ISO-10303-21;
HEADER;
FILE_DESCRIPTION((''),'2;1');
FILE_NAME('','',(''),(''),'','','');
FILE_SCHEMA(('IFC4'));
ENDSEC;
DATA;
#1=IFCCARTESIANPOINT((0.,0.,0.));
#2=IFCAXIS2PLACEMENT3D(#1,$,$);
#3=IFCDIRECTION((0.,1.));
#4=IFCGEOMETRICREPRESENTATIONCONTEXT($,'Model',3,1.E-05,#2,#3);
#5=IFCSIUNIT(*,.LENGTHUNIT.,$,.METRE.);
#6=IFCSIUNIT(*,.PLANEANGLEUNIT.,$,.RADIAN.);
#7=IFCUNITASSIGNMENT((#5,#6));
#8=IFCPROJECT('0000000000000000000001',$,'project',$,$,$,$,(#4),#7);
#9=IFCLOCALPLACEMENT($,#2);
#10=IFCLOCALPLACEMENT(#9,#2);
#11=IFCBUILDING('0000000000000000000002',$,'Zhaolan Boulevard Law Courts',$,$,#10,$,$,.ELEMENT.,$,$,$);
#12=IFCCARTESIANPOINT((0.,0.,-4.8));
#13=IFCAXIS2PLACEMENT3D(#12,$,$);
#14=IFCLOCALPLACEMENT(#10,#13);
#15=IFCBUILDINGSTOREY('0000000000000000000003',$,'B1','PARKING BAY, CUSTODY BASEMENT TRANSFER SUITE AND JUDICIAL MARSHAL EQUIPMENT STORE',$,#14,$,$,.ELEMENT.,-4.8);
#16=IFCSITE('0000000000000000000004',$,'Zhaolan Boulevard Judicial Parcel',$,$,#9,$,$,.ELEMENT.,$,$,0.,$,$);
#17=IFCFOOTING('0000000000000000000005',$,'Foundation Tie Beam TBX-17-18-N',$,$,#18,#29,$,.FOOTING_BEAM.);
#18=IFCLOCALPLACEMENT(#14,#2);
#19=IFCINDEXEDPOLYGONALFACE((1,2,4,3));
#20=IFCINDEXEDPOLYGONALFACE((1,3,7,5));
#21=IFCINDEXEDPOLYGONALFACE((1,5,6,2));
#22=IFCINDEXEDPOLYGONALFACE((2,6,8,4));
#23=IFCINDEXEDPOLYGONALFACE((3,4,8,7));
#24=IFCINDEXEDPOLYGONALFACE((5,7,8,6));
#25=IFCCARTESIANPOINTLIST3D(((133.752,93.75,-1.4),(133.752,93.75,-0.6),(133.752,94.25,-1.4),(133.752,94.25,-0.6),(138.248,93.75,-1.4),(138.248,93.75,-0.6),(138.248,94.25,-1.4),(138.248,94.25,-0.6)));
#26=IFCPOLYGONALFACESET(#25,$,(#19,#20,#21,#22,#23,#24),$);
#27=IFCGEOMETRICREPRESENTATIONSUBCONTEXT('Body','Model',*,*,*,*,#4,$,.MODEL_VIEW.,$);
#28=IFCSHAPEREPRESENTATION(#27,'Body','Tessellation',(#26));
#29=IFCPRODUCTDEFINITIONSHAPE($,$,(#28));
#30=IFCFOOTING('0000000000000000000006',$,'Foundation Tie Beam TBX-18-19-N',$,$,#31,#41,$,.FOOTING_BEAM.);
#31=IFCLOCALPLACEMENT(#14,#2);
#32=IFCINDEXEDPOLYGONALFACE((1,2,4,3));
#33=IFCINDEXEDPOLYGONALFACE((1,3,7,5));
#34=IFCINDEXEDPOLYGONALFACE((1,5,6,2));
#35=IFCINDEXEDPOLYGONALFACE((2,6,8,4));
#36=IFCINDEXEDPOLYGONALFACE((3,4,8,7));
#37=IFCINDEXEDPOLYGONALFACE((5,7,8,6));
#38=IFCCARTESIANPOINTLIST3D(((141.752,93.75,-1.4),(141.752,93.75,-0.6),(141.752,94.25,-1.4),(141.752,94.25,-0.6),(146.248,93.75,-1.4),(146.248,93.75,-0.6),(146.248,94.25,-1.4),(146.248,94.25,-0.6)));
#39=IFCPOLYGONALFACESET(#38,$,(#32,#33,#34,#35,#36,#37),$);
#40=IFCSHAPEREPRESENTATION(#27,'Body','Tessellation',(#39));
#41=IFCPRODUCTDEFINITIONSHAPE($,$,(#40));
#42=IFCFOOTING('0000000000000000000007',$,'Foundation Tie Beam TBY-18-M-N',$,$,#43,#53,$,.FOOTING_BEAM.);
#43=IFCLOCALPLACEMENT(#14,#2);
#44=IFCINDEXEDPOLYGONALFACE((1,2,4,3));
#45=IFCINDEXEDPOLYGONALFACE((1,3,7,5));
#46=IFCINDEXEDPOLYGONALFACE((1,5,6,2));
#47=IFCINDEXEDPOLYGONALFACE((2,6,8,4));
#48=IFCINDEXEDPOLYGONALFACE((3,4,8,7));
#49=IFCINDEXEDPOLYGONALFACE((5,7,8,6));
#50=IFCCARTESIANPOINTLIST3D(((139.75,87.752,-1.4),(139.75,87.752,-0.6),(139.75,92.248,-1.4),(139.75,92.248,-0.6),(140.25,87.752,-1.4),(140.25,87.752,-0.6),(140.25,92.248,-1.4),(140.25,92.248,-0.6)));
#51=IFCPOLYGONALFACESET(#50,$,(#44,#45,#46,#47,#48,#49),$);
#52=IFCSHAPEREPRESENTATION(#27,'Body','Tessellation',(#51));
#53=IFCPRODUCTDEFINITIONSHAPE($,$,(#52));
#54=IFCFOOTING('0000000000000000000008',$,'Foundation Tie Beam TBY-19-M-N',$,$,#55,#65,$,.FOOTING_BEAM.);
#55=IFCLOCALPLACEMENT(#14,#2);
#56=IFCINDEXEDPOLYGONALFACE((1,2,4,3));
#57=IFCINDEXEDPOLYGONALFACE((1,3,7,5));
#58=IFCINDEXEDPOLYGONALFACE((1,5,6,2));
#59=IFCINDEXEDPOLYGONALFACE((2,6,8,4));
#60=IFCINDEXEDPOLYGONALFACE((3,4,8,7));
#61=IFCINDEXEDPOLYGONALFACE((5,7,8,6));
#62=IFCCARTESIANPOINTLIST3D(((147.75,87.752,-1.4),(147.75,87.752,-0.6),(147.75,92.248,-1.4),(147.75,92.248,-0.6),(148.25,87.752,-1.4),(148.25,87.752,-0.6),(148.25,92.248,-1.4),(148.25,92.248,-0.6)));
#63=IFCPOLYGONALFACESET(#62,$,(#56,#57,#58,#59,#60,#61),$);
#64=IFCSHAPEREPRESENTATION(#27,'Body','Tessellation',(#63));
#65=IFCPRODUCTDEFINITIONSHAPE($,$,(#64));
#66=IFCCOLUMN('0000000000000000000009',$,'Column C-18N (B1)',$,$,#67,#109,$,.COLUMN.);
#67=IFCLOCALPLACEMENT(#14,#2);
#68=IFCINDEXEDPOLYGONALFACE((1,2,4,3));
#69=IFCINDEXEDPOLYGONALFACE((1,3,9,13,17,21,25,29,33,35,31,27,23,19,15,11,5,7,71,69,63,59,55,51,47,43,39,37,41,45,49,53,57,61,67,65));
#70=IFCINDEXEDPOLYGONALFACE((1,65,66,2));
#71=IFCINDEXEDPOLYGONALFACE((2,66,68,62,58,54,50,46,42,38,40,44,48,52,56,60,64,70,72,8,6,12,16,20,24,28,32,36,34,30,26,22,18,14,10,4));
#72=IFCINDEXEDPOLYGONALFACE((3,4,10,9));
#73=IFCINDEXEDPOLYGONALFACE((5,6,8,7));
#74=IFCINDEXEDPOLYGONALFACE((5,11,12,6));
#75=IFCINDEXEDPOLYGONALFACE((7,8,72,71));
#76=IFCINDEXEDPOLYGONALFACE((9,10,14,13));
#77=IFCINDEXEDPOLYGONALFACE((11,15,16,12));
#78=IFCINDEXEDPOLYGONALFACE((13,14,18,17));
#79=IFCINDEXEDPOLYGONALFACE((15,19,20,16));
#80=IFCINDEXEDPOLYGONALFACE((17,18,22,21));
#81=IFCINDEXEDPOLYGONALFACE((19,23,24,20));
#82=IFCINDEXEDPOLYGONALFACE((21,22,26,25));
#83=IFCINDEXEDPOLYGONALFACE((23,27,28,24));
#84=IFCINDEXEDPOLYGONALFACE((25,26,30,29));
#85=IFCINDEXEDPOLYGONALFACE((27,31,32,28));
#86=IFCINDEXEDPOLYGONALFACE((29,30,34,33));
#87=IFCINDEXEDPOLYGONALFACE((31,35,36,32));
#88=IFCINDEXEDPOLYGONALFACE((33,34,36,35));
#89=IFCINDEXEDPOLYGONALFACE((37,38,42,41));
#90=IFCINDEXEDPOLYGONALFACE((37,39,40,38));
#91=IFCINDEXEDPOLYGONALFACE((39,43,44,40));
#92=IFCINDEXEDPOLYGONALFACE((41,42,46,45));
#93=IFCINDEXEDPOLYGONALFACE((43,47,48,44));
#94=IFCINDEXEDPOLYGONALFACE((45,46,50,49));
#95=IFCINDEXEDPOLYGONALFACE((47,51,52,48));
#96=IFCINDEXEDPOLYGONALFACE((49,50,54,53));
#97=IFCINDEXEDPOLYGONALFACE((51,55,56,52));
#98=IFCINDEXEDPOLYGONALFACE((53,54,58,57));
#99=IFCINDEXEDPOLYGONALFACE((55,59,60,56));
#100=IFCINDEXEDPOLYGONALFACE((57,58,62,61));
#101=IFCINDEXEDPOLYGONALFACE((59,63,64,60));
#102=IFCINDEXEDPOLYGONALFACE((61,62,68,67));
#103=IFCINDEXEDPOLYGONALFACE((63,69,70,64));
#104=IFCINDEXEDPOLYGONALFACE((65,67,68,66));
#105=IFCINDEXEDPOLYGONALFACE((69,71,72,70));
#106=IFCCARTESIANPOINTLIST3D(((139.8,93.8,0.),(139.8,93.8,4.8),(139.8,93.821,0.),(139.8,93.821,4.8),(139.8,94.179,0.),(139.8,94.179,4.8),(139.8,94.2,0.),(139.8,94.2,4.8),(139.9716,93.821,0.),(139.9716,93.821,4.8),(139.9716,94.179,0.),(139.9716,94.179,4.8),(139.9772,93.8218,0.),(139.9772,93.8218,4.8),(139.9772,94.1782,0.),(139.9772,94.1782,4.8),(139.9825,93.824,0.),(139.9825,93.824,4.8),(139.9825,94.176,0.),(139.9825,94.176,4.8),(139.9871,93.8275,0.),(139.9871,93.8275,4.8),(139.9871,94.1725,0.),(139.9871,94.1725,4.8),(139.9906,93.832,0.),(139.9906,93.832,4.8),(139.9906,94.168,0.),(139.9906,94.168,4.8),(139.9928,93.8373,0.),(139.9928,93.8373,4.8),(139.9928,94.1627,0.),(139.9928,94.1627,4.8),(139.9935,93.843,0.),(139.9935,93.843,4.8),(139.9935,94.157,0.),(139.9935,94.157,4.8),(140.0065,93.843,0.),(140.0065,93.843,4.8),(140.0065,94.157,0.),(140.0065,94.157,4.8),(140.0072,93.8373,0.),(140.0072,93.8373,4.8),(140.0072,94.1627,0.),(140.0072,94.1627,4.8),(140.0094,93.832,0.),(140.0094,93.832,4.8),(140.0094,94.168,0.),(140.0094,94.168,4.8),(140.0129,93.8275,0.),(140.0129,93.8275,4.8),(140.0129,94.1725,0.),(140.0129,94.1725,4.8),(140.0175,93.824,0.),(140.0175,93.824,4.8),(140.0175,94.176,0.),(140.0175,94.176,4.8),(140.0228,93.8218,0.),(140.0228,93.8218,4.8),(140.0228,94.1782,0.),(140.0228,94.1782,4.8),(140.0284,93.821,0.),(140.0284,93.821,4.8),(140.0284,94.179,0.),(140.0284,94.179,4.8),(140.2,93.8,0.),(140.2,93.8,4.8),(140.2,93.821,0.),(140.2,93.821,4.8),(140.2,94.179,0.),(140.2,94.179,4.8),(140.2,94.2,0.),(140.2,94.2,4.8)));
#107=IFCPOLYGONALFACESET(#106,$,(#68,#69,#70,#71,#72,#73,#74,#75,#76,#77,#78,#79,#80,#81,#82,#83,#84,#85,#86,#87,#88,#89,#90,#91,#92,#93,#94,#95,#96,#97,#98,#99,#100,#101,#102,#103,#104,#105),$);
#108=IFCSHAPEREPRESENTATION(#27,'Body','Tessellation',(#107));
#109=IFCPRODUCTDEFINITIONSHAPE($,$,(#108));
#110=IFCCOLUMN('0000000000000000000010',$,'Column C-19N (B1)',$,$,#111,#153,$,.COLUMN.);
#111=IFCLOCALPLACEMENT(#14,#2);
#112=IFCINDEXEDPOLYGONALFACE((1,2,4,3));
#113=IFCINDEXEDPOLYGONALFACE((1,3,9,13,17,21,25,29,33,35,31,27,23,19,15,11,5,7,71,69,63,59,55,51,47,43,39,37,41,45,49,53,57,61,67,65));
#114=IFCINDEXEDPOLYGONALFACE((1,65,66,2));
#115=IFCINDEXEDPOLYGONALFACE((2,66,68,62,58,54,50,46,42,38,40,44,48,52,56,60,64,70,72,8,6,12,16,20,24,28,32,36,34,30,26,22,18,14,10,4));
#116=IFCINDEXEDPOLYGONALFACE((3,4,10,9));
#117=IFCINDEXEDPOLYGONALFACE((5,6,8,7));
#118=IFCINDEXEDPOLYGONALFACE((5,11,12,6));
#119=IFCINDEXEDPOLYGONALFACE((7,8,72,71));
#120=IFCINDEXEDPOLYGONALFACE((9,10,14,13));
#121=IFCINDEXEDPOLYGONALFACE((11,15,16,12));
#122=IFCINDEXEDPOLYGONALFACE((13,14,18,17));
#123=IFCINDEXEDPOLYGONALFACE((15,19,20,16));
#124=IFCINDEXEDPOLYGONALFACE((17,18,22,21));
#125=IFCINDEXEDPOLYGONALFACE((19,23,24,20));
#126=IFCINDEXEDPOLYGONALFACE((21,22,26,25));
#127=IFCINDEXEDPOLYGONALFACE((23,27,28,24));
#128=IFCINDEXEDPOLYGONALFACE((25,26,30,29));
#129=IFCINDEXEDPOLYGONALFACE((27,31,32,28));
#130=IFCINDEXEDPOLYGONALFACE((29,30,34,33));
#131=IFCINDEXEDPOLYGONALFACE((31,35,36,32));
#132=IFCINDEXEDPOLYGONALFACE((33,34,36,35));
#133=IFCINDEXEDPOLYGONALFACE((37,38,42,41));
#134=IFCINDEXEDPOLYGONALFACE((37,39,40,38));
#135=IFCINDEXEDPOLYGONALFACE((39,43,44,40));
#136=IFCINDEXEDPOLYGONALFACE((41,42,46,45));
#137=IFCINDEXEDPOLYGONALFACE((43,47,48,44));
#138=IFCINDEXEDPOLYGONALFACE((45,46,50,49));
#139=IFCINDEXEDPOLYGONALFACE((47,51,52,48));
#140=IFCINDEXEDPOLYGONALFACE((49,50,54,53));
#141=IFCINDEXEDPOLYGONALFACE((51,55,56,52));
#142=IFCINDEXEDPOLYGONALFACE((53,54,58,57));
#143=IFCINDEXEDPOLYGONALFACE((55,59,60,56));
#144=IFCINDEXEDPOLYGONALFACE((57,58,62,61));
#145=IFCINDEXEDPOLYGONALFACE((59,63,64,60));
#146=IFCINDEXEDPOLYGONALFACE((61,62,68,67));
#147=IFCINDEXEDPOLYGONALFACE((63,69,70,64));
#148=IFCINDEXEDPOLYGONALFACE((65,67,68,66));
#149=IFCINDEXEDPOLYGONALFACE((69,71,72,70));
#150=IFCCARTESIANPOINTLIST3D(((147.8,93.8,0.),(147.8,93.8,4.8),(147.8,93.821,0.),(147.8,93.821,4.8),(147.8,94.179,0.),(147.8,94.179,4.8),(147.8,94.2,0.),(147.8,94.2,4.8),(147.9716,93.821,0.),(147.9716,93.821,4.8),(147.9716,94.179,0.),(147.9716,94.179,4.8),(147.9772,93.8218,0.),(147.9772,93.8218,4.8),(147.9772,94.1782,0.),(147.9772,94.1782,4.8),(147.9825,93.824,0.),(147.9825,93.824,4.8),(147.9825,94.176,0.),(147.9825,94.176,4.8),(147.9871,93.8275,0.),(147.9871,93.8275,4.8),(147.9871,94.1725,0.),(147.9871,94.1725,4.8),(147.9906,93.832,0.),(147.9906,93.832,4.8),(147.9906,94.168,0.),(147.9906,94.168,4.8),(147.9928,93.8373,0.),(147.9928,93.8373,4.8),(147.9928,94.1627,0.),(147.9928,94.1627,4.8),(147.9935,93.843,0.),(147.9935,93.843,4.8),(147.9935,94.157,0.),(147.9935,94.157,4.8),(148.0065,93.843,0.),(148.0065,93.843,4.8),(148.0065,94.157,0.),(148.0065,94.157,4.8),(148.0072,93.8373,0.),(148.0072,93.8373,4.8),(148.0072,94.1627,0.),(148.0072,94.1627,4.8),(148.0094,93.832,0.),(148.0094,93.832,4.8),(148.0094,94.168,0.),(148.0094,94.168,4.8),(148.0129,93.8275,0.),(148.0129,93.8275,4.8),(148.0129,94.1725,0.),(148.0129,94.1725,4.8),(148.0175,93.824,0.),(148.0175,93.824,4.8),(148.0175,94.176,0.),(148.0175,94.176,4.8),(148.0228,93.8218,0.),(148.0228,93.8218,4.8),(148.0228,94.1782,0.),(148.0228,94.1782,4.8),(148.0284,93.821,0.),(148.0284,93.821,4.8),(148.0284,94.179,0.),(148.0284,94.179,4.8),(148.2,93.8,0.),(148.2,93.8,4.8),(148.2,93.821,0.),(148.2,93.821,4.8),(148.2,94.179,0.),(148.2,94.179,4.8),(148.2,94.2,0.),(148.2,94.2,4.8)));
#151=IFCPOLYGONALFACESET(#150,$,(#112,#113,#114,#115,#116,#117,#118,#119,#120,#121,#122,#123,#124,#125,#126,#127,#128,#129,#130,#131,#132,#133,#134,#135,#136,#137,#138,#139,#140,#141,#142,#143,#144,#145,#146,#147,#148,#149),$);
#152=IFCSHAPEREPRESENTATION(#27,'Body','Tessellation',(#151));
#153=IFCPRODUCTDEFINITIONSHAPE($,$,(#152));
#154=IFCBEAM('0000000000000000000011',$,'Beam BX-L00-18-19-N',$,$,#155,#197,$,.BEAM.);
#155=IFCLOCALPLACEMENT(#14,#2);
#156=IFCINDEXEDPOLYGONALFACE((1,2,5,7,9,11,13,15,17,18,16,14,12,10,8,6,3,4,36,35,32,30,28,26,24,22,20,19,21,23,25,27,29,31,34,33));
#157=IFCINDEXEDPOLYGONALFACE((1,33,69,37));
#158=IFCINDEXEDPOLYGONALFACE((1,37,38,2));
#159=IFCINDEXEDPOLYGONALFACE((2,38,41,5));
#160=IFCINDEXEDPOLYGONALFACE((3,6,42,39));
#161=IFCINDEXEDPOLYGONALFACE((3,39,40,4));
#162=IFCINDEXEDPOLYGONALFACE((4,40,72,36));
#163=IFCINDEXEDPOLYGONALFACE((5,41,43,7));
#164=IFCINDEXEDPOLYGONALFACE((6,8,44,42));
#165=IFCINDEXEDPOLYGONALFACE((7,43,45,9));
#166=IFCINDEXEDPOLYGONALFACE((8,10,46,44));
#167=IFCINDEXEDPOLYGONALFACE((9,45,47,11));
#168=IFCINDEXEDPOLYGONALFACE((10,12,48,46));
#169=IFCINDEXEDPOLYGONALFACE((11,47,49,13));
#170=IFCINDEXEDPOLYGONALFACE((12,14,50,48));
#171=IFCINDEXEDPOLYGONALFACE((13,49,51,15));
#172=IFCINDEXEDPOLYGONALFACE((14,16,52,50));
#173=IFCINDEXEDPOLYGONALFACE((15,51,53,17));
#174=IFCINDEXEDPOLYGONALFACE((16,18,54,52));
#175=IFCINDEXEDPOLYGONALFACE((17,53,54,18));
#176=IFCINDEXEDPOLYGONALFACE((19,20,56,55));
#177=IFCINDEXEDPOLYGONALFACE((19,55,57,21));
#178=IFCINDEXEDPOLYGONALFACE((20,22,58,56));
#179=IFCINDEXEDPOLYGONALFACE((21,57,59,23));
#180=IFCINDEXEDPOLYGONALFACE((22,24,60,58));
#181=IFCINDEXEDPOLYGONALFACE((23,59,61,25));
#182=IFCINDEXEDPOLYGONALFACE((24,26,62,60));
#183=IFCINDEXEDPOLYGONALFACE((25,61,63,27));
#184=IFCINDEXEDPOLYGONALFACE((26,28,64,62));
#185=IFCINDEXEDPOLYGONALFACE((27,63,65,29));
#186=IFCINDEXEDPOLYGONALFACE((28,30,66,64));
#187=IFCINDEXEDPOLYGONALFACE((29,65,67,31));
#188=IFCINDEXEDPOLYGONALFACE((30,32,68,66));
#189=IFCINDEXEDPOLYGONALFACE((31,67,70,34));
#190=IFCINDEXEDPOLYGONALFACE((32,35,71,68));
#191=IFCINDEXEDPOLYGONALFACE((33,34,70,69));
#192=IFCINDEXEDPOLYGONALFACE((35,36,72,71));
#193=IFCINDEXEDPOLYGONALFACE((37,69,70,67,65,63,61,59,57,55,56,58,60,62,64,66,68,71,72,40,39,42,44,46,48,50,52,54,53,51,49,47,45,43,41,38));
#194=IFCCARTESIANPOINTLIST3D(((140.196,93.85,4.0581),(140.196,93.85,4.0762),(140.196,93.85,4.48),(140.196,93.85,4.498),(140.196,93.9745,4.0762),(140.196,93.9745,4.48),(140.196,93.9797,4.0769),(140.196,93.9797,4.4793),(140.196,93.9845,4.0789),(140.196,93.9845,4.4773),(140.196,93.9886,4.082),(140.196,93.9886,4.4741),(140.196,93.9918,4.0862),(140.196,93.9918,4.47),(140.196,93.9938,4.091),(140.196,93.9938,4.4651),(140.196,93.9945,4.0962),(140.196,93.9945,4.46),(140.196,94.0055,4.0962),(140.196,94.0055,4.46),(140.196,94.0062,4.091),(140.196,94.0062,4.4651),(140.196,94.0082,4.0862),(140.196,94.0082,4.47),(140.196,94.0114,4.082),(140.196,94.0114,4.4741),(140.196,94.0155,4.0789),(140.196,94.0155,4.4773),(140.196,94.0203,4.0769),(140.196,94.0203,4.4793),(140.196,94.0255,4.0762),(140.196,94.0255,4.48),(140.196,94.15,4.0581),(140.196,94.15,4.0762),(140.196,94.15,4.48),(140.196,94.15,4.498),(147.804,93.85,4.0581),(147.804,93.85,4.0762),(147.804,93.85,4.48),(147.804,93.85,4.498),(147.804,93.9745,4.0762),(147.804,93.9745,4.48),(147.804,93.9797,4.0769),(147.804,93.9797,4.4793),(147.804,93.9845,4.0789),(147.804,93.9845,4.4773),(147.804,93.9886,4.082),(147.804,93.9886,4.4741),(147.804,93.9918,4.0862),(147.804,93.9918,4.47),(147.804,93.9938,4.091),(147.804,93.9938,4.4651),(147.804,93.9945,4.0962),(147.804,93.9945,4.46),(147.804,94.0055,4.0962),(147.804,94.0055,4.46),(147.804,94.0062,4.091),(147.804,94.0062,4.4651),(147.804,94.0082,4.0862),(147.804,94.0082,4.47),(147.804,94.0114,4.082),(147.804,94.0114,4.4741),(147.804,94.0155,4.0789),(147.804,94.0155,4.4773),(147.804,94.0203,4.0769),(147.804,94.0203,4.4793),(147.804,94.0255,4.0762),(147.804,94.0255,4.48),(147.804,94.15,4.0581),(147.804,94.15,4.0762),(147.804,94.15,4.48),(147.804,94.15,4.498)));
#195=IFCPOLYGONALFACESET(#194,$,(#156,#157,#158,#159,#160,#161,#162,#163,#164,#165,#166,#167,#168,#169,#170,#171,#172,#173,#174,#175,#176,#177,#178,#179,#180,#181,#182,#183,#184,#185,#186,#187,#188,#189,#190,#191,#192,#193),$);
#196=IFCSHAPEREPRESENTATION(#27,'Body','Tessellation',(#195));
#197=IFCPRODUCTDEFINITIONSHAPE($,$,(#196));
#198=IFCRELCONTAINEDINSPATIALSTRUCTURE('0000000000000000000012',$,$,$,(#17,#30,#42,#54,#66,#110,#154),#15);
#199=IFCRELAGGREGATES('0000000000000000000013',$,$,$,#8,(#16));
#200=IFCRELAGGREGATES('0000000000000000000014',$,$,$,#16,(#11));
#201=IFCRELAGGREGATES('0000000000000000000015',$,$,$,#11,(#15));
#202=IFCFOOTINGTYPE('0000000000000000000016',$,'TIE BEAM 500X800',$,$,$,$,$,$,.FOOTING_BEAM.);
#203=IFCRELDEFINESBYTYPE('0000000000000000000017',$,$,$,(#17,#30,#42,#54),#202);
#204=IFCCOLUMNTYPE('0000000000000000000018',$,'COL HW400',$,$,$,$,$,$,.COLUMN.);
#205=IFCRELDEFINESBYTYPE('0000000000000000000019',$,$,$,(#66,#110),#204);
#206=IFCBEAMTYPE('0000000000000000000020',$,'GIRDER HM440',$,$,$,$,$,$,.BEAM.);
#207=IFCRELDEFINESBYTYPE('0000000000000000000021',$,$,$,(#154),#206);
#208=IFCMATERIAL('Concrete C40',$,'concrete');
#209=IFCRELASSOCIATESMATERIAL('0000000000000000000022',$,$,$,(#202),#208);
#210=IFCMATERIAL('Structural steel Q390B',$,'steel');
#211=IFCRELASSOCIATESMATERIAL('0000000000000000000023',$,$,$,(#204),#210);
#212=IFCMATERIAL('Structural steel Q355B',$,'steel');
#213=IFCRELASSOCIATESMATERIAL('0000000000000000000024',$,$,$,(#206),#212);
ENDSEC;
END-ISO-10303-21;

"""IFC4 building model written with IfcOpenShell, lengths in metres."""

from ifc_helpers import new_model, si_unit, direction, frame, origin, origin_2d, place, context, subcontext, project, spatial, rectangle, i_section, extrude, material, material_profile, profile_set, type_object, element, save


model = new_model("IFC4")

# Units and contexts
model_context = context("Model", 3, precision=1e-05, world=origin(), true_north=direction((0.0, 1.0)))
body_context = subcontext(model_context, "Body", "Model", "MODEL_VIEW")
ifc_project = project(units=[si_unit("LENGTHUNIT", "METRE"), si_unit("PLANEANGLEUNIT", "RADIAN")], contexts=[model_context])

# Site, building, storey
site_placement = place(None, origin())
site = spatial("IfcSite", under=ifc_project, at=site_placement, Name="Zhaolan Boulevard Judicial Parcel", CompositionType="ELEMENT", RefElevation=0.0)
building_placement = place(site_placement, origin())
building = spatial("IfcBuilding", under=site, at=building_placement, Name="Zhaolan Boulevard Law Courts", CompositionType="ELEMENT")
storey_placement = place(building_placement, frame((0.0, 0.0, -4.8)))
storey = spatial("IfcBuildingStorey", under=building, at=storey_placement, Name="B1", Description="PARKING BAY, CUSTODY BASEMENT TRANSFER SUITE AND JUDICIAL MARSHAL EQUIPMENT STORE", CompositionType="ELEMENT", Elevation=-4.8)

# Footings
ifc_material_1 = material(Name="Concrete C40", Category="concrete")
ifc_material_profile_1 = material_profile(ifc_material_1, rectangle(XDim=0.5, YDim=0.8, at=origin_2d()), Name="RC500x800")
ifc_profile_set_1 = profile_set([ifc_material_profile_1], Name="Concrete C40")
footing_type_1 = type_object("IfcFootingType", Name="TIE BEAM 500X800", PredefinedType="FOOTING_BEAM", material=ifc_profile_set_1)
for number, where, z_axis, x_axis, name in (
    (1, (133.752, 94.0, -1.0), (1.0, 0.0, 0.0), (0.0, 1.0, 0.0), "Foundation Tie Beam TBX-17-18-N"),
    (2, (141.752, 94.0, -1.0), (1.0, 0.0, 0.0), (0.0, 1.0, 0.0), "Foundation Tie Beam TBX-18-19-N"),
    (3, (140.0, 87.752, -1.0), (0.0, 1.0, 0.0), (-1.0, 0.0, 0.0), "Foundation Tie Beam TBY-18-M-N"),
    (4, (148.0, 87.752, -1.0), (0.0, 1.0, 0.0), (-1.0, 0.0, 0.0), "Foundation Tie Beam TBY-19-M-N"),
):
    element("IfcFooting", number, at=place(storey_placement, frame(where, z_axis=z_axis, x_axis=x_axis)), inside=storey, type_object=footing_type_1, Name=name, PredefinedType="FOOTING_BEAM", context=body_context, shape_type="SweptSolid", body=[
        extrude(rectangle(XDim=0.5, YDim=0.8, at=origin_2d()), origin(), (0.0, 0.0, 1.0), 4.4961),
    ])

# Columns
ifc_material_2 = material(Name="Structural steel Q390B", Category="steel")
ifc_material_profile_2 = material_profile(ifc_material_2, i_section(OverallWidth=0.3999, OverallDepth=0.3999, WebThickness=0.0129, FlangeThickness=0.021, FilletRadius=0.022, at=origin_2d()), Name="HW400x400")
ifc_profile_set_2 = profile_set([ifc_material_profile_2], Name="Structural steel Q390B")
column_type = type_object("IfcColumnType", Name="COL HW400", PredefinedType="COLUMN", material=ifc_profile_set_2)
for number, where, z_axis, x_axis, name in (
    (5, (140.0, 94.0, 0.0), (0.0, 0.0, 1.0), (1.0, 0.0, 0.0), "Column C-18N (B1)"),
    (6, (148.0, 94.0, 0.0), (0.0, 0.0, 1.0), (1.0, 0.0, 0.0), "Column C-19N (B1)"),
):
    element("IfcColumn", number, at=place(storey_placement, frame(where, z_axis=z_axis, x_axis=x_axis)), inside=storey, type_object=column_type, Name=name, PredefinedType="COLUMN", context=body_context, shape_type="SweptSolid", body=[
        extrude(i_section(OverallWidth=0.3999, OverallDepth=0.3999, WebThickness=0.0129, FlangeThickness=0.021, FilletRadius=0.022, at=origin_2d()), origin(), (0.0, 0.0, 1.0), 4.8),
    ])

# Beam
ifc_material_3 = material(Name="Structural steel Q355B", Category="steel")
ifc_material_profile_3 = material_profile(ifc_material_3, i_section(OverallWidth=0.3, OverallDepth=0.4399, WebThickness=0.011, FlangeThickness=0.0181, FilletRadius=0.02, at=origin_2d()), Name="HM440x300")
ifc_profile_set_3 = profile_set([ifc_material_profile_3], Name="Structural steel Q355B")
beam_type_1 = type_object("IfcBeamType", Name="GIRDER HM440", PredefinedType="BEAM", material=ifc_profile_set_3)
for number, where, z_axis, x_axis, name in (
    (7, (140.196, 94.0, 4.2781), (1.0, 0.0, 0.0), (0.0, 1.0, 0.0), "Beam BX-L00-18-19-N"),
):
    element("IfcBeam", number, at=place(storey_placement, frame(where, z_axis=z_axis, x_axis=x_axis)), inside=storey, type_object=beam_type_1, Name=name, PredefinedType="BEAM", context=body_context, shape_type="SweptSolid", body=[
        extrude(i_section(OverallWidth=0.3, OverallDepth=0.4399, WebThickness=0.011, FlangeThickness=0.0181, FilletRadius=0.02, at=origin_2d()), origin(), (0.0, 0.0, 1.0), 7.6079),
    ])

save(model, "model.ifc")
